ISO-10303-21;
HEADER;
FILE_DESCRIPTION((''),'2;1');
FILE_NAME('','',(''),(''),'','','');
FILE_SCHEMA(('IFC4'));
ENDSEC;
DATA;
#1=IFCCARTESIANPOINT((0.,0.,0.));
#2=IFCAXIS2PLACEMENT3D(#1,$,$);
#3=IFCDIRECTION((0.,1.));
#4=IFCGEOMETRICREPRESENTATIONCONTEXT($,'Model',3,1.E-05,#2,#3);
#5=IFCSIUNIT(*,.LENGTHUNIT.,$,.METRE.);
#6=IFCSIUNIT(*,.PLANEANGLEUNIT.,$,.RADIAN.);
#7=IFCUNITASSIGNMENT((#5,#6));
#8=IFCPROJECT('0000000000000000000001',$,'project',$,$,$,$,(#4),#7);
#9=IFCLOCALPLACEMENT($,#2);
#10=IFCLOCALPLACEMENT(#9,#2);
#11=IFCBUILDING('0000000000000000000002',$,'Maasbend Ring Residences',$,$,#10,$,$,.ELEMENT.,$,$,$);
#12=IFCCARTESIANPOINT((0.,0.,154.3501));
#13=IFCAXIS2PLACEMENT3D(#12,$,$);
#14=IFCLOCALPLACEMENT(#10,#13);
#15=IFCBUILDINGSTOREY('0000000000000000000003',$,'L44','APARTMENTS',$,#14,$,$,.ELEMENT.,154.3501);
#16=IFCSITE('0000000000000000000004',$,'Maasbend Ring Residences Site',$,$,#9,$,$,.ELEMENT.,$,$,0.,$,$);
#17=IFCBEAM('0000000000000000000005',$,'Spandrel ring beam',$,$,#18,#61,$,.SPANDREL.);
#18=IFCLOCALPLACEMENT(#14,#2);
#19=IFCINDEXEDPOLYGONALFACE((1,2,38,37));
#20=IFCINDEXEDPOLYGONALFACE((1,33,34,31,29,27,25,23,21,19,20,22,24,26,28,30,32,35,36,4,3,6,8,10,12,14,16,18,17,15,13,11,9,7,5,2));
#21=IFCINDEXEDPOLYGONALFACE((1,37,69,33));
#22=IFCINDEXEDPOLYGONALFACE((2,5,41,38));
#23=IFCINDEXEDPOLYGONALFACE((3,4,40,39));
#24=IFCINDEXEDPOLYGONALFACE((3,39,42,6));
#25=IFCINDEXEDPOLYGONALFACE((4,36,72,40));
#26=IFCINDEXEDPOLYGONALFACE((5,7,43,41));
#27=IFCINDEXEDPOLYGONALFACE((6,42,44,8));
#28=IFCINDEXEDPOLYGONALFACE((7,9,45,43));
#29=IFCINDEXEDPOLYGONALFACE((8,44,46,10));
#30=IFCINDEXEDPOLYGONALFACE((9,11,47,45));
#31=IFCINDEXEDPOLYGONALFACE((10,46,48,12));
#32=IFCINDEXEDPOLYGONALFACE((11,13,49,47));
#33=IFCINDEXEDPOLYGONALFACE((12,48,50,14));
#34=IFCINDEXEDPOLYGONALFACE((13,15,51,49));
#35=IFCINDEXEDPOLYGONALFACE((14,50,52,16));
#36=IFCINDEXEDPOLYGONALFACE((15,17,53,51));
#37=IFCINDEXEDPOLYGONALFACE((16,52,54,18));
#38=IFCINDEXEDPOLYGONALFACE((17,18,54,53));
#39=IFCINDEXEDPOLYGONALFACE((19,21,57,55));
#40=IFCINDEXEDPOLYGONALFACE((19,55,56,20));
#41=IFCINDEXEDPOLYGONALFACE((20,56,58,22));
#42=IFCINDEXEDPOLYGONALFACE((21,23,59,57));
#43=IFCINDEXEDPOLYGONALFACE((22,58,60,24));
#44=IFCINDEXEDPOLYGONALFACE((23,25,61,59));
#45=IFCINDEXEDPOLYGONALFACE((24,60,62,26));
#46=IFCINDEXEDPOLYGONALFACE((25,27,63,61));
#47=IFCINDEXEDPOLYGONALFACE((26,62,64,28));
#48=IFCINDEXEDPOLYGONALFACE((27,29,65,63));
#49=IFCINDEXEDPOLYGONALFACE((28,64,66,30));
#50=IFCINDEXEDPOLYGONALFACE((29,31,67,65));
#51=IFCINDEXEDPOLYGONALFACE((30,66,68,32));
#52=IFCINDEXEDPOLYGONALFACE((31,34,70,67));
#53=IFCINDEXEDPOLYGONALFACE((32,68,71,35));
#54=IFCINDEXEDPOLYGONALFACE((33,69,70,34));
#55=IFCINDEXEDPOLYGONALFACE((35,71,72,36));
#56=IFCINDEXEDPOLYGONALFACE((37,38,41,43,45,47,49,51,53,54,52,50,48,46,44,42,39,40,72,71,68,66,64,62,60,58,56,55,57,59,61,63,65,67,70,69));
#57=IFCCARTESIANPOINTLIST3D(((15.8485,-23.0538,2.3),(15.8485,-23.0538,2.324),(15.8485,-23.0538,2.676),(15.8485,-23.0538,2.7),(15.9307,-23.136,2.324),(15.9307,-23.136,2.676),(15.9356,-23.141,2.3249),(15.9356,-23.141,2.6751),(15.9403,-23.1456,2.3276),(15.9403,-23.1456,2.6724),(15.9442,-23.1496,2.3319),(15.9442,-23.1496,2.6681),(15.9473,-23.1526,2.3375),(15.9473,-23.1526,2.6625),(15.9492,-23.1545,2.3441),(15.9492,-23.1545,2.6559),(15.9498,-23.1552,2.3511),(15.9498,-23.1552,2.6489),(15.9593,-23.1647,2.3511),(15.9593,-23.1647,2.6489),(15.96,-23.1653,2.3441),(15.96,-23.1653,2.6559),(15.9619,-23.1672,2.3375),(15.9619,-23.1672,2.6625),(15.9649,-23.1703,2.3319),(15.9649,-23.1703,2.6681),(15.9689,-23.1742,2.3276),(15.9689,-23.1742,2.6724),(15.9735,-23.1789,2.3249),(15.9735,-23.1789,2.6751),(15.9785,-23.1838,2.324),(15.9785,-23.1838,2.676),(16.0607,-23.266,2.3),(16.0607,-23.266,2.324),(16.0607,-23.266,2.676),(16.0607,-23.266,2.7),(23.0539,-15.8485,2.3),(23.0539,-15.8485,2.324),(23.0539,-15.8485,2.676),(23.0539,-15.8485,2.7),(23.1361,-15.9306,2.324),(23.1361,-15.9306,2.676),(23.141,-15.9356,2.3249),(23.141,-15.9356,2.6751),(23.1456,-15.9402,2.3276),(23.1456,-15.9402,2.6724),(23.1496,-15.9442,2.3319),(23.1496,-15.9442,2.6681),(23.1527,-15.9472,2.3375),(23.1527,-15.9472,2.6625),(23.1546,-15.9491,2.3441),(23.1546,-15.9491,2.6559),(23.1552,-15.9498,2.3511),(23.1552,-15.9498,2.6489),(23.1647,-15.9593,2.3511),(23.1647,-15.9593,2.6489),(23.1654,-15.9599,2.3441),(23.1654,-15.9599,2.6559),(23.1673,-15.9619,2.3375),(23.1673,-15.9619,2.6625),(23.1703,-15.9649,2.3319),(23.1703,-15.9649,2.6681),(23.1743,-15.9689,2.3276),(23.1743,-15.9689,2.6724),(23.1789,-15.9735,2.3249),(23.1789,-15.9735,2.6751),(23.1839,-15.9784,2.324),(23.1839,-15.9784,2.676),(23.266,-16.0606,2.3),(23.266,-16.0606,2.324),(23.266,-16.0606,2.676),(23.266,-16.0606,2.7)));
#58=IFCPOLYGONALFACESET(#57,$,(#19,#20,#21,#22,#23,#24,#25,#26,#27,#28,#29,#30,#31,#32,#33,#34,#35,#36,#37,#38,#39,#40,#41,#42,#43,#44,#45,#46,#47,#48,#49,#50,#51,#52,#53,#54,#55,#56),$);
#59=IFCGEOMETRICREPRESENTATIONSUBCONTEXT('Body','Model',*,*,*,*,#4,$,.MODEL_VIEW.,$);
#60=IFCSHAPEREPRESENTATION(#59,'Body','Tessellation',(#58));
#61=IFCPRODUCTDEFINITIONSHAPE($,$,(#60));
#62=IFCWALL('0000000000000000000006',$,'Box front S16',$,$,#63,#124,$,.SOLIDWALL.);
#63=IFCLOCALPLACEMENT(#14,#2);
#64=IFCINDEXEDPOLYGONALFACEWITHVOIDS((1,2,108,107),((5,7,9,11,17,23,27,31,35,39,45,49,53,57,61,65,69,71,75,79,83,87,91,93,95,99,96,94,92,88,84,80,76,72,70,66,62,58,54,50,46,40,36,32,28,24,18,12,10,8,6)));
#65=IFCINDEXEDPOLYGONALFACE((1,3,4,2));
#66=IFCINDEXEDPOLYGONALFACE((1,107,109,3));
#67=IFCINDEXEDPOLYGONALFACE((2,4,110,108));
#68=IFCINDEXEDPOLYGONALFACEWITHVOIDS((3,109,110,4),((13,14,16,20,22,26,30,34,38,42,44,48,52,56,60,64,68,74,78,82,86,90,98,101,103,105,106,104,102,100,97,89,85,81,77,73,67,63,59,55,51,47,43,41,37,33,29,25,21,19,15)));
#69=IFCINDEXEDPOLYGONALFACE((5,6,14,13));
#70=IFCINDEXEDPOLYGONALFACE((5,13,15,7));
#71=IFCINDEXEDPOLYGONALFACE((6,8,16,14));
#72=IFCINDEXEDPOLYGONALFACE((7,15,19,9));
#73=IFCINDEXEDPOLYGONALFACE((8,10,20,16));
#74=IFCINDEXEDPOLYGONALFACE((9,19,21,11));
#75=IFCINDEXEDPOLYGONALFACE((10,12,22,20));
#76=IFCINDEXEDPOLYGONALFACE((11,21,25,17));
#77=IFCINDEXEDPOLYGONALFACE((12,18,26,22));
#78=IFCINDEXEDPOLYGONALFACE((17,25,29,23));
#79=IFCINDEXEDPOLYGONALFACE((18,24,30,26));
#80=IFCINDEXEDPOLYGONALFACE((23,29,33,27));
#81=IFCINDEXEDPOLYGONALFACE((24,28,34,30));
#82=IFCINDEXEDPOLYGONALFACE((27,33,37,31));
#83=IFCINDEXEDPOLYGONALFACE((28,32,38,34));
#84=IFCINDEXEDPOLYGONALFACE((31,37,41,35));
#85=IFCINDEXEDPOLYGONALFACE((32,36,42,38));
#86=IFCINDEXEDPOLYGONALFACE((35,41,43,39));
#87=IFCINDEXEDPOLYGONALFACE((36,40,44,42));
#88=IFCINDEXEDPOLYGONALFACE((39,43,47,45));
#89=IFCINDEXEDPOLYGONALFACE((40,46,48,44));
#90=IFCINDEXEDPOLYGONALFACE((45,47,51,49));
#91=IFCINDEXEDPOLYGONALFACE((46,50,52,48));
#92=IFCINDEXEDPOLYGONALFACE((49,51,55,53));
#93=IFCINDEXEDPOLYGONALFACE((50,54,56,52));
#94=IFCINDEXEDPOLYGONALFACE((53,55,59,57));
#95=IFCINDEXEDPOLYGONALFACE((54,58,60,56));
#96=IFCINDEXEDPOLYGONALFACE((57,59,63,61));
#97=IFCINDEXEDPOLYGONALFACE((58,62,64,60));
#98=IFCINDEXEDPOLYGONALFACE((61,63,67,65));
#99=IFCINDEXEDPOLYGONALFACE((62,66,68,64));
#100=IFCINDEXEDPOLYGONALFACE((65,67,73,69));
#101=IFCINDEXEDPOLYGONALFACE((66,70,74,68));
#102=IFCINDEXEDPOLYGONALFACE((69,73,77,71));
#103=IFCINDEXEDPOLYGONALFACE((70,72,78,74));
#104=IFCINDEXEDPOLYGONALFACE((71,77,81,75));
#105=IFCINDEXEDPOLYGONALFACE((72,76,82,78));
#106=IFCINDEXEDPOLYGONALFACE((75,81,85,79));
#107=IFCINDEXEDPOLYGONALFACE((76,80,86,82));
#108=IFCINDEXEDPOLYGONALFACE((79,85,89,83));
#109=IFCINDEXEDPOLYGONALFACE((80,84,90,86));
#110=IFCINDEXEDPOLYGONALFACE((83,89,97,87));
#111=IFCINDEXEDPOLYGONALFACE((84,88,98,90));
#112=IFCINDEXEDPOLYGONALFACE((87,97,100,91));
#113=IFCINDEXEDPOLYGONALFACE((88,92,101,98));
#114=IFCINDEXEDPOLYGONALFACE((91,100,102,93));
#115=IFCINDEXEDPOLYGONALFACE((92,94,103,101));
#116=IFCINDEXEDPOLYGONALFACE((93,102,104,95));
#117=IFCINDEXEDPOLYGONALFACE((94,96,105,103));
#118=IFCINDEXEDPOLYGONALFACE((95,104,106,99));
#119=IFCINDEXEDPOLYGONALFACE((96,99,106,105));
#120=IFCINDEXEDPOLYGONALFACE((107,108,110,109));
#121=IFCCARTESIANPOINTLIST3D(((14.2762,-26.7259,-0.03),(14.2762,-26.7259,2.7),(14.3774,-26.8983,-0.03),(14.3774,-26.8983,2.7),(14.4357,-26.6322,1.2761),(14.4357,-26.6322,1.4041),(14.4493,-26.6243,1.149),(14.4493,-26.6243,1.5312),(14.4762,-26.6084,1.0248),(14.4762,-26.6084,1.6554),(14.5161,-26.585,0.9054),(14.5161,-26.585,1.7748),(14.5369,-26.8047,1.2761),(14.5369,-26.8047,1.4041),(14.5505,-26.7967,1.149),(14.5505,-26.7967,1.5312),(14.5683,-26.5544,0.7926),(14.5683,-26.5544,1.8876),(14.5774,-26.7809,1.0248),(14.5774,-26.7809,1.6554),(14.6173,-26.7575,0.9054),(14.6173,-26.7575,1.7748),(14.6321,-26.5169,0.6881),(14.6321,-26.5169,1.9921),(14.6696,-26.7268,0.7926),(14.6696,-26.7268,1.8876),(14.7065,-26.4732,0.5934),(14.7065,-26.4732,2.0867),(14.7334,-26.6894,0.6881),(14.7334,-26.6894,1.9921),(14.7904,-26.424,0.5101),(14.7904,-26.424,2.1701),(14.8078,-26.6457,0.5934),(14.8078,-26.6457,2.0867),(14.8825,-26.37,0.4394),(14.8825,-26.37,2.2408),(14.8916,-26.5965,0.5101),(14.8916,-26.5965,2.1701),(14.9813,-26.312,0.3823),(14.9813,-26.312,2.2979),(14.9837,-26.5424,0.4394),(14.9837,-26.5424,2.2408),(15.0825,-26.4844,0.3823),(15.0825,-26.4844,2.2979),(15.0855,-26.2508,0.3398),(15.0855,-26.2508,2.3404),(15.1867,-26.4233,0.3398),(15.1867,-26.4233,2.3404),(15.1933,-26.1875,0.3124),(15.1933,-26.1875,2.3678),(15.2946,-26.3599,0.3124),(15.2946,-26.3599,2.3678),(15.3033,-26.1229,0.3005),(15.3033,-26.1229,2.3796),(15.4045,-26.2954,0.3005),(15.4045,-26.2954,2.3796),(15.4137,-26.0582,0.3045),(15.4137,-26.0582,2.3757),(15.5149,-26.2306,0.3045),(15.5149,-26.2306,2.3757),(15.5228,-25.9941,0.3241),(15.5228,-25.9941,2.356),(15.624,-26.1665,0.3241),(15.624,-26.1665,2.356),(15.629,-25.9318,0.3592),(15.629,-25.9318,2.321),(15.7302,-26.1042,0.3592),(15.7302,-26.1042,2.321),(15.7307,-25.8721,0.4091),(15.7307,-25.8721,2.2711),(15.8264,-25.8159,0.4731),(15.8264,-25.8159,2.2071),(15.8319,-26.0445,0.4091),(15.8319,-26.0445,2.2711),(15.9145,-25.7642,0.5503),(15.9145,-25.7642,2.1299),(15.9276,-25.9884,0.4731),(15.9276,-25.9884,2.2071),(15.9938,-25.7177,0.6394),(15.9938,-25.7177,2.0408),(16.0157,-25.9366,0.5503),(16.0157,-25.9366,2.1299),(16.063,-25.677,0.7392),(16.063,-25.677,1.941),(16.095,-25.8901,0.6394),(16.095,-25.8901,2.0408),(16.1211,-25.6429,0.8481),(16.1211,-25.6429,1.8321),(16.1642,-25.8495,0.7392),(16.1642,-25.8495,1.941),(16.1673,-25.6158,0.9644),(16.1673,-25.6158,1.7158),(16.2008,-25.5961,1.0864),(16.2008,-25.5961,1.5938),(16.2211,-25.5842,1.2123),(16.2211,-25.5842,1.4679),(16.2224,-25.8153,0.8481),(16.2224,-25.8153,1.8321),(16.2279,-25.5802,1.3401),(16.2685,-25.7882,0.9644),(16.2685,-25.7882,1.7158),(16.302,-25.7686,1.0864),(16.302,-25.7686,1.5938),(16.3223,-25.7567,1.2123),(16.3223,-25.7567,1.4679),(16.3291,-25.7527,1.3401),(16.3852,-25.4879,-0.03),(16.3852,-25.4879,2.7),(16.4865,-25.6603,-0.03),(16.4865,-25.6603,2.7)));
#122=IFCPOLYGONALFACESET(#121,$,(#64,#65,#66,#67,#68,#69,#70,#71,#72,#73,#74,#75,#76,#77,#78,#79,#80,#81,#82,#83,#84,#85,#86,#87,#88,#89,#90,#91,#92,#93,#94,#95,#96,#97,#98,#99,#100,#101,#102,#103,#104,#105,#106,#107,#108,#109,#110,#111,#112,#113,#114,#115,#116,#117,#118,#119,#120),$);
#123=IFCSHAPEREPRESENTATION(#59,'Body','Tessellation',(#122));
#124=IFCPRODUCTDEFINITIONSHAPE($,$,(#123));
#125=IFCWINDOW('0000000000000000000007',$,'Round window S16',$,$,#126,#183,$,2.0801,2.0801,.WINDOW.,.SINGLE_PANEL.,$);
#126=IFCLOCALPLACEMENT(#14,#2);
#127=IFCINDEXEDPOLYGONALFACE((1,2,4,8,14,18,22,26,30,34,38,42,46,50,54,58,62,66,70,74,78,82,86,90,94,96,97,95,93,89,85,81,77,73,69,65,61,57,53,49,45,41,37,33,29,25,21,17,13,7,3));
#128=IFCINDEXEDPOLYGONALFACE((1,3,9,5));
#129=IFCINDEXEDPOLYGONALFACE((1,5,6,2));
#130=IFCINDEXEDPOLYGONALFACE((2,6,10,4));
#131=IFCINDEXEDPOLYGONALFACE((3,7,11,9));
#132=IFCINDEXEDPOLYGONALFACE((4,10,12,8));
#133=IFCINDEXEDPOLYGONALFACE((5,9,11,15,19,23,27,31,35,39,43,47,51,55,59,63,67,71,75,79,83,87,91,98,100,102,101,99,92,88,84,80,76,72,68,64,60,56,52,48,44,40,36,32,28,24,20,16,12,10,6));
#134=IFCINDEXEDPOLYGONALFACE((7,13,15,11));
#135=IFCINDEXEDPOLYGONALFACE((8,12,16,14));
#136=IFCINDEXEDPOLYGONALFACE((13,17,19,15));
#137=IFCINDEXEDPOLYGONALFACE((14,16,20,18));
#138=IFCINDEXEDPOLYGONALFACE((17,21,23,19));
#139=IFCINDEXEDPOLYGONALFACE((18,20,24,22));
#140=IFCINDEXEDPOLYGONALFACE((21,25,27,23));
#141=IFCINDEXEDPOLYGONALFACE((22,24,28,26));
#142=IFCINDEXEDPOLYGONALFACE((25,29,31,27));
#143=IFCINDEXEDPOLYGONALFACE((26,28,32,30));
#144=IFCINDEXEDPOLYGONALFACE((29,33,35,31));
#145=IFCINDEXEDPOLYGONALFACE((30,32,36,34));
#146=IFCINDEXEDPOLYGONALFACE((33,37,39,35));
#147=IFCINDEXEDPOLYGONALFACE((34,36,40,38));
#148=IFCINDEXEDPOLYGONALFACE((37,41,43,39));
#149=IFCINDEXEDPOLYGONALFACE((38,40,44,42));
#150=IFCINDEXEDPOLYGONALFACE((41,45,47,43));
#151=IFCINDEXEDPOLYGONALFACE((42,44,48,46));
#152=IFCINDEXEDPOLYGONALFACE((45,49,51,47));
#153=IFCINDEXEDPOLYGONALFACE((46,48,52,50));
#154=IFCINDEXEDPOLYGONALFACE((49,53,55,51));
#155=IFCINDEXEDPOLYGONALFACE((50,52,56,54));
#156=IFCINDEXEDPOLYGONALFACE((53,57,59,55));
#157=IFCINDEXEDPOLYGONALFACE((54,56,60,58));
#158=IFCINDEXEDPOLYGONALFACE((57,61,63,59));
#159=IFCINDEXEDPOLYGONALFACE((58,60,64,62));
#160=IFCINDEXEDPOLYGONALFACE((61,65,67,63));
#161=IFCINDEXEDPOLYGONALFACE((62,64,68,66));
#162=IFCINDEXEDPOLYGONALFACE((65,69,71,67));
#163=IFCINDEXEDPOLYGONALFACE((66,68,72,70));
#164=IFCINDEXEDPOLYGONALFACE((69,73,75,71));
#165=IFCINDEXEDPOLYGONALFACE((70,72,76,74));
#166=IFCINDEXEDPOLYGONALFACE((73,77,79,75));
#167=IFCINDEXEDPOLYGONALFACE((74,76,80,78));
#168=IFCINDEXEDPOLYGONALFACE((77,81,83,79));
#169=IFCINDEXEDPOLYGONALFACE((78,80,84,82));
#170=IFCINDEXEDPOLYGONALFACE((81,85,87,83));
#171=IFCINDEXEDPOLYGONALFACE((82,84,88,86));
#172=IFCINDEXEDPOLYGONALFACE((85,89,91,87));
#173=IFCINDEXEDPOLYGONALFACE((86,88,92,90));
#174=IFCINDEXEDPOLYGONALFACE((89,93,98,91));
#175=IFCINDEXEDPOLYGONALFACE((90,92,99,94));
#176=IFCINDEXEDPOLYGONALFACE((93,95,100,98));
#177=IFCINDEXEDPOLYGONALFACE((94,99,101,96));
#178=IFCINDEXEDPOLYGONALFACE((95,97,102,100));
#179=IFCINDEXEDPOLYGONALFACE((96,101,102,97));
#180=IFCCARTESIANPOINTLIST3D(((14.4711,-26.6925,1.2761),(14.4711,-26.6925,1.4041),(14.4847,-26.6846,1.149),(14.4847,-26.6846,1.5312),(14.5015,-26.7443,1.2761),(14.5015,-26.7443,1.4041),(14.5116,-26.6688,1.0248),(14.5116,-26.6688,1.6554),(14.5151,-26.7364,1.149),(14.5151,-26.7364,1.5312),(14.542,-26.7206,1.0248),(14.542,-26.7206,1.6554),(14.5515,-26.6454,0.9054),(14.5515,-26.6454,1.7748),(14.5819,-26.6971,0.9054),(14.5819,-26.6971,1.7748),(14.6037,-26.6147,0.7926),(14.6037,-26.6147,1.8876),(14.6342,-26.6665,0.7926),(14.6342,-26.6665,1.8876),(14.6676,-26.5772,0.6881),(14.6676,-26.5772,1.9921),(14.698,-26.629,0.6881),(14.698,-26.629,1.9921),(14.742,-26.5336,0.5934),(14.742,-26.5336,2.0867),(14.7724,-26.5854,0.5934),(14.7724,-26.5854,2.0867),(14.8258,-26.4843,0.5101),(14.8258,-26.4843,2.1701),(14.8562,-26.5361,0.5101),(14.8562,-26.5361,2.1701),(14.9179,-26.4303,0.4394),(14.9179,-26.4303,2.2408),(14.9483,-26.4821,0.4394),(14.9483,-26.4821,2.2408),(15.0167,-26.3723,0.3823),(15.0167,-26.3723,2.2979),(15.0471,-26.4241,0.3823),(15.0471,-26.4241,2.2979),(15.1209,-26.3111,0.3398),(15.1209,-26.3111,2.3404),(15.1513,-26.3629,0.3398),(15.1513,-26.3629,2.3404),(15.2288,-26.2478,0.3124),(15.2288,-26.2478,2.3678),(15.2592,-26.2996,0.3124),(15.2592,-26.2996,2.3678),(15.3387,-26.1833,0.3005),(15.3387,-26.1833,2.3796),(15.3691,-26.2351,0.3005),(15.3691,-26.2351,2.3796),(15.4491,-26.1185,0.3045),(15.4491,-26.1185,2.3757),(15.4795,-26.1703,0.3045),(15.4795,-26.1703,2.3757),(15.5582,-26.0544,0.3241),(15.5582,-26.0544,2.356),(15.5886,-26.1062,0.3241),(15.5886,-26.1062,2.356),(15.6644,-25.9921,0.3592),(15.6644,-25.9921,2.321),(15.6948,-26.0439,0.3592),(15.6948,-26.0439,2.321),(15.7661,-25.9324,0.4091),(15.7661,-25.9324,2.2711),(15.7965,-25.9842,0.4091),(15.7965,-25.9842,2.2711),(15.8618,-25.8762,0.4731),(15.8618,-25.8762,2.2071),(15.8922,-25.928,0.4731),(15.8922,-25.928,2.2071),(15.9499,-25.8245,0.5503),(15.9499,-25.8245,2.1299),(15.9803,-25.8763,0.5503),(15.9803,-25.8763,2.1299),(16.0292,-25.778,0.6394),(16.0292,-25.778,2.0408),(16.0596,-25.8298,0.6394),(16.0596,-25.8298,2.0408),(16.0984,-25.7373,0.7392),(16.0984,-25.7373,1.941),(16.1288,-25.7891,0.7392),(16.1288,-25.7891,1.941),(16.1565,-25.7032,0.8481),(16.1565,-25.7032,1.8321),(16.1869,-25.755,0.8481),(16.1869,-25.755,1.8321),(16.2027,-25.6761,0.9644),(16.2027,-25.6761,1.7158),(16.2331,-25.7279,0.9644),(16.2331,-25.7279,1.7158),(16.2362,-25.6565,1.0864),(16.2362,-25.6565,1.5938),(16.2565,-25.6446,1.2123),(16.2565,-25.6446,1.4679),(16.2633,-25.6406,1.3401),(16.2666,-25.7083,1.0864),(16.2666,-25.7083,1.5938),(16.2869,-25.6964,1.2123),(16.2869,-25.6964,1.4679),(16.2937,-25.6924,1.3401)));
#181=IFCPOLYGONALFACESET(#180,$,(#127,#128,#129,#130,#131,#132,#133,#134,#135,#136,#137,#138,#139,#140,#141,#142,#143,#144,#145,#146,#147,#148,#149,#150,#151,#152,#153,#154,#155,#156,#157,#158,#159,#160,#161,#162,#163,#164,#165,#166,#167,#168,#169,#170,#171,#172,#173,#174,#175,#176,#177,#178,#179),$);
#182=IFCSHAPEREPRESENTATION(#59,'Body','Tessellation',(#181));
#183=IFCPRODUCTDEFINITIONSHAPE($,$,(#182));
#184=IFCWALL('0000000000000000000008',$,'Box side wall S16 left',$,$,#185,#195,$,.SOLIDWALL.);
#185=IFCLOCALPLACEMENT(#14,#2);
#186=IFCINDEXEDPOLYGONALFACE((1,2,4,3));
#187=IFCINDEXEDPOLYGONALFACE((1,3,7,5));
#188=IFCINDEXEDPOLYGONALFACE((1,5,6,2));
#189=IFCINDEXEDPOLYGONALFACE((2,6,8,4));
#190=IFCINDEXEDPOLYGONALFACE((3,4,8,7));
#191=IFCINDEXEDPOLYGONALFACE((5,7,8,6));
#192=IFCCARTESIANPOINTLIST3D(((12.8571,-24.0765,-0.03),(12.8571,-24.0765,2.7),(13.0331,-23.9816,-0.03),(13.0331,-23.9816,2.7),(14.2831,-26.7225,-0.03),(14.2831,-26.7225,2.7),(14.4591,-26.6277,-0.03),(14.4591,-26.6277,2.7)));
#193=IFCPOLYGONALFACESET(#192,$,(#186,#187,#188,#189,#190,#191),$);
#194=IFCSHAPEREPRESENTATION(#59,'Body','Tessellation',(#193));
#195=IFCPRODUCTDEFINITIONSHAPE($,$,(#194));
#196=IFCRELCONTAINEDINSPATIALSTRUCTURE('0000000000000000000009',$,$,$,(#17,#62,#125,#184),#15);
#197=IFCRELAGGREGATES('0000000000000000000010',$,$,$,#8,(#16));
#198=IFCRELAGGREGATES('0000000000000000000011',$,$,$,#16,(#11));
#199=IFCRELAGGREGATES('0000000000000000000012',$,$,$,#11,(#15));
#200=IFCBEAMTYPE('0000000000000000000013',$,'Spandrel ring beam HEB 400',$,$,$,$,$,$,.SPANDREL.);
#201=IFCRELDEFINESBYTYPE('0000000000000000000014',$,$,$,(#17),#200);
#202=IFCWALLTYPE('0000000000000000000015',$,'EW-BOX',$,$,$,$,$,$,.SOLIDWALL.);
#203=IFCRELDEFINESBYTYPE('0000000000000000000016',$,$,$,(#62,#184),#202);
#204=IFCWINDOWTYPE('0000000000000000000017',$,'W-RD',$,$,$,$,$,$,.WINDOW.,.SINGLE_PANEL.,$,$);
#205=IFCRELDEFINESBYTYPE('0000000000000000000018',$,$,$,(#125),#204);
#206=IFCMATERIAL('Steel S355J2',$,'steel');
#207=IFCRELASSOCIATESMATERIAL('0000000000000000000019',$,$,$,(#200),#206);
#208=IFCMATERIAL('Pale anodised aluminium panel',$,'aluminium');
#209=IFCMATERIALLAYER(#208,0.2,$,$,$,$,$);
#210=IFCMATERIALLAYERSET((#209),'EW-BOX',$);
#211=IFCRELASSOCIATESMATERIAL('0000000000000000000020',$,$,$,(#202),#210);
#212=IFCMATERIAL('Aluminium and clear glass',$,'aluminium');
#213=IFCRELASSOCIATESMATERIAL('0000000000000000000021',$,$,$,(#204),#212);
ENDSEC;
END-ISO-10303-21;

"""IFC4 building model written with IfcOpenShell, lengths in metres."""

from ifc_helpers import new_model, si_unit, direction, frame, frame_2d, origin, origin_2d, place, context, subcontext, project, spatial, rectangle, circle, i_section, extrude, material, layer, layer_set, material_profile, profile_set, type_object, element, fill, save


model = new_model("IFC4")

# Units and contexts
model_context = context("Model", 3, precision=1e-05, world=origin(), true_north=direction((0.0, 1.0)))
body_context = subcontext(model_context, "Body", "Model", "MODEL_VIEW")
ifc_project = project(units=[si_unit("LENGTHUNIT", "METRE"), si_unit("PLANEANGLEUNIT", "RADIAN")], contexts=[model_context])

# Site, building, storey
site_placement = place(None, origin())
site = spatial("IfcSite", under=ifc_project, at=site_placement, Name="Maasbend Ring Residences Site", CompositionType="ELEMENT", RefElevation=0.0)
building_placement = place(site_placement, origin())
building = spatial("IfcBuilding", under=site, at=building_placement, Name="Maasbend Ring Residences", CompositionType="ELEMENT")
storey_placement = place(building_placement, frame((0.0, 0.0, 154.3501)))
storey = spatial("IfcBuildingStorey", under=building, at=storey_placement, Name="L44", Description="APARTMENTS", CompositionType="ELEMENT", Elevation=154.3501)

# Beam
ifc_material_1 = material(Name="Steel S355J2", Category="steel")
ifc_material_profile_1 = material_profile(ifc_material_1, i_section(OverallWidth=0.3, OverallDepth=0.3999, WebThickness=0.0134, FlangeThickness=0.0239, FilletRadius=0.0271, at=origin_2d()), Name="HEB 400")
ifc_profile_set_1 = profile_set([ifc_material_profile_1], Name="Steel S355J2")
beam_type_1 = type_object("IfcBeamType", Name="Spandrel ring beam HEB 400", PredefinedType="SPANDREL", material=ifc_profile_set_1)
beam_1_placement = place(storey_placement, frame((15.9546, -23.1599, 2.5), z_axis=(0.707107, 0.707107, 0.0), x_axis=(-0.707107, 0.707107, 0.0)))
element("IfcBeam", 1, at=beam_1_placement, inside=storey, type_object=beam_type_1, Name="Spandrel ring beam", PredefinedType="SPANDREL", context=body_context, shape_type="SweptSolid", body=[
    extrude(i_section(OverallWidth=0.3, OverallDepth=0.3999, WebThickness=0.0134, FlangeThickness=0.0239, FilletRadius=0.0271, at=origin_2d()), origin(), (0.0, 0.0, 1.0), 10.1899),
])

# Wall, opening, window
ifc_material_2 = material(Name="Pale anodised aluminium panel", Category="aluminium")
ifc_layer_1 = layer(ifc_material_2, 0.2)
ifc_layer_set_1 = layer_set([ifc_layer_1], Name="EW-BOX")
wall_type_1 = type_object("IfcWallType", Name="EW-BOX", PredefinedType="SOLIDWALL", material=ifc_layer_set_1)
wall_1_placement = place(storey_placement, frame((14.3269, -26.812, -0.03), z_axis=(0.0, 0.0, 1.0), x_axis=(0.862403, 0.506222, 0.0)))
wall_1 = element("IfcWall", 2, at=wall_1_placement, inside=storey, type_object=wall_type_1, Name="Box front S16", PredefinedType="SOLIDWALL", context=body_context, shape_type="SweptSolid", body=[
    extrude(rectangle(XDim=2.4456, YDim=0.2, at=frame_2d((1.2227, 0.0))), origin(), (0.0, 0.0, 1.0), 2.73),
])
opening_1_placement = place(wall_1_placement, frame((0.1829, 0.0, 0.3301)))
opening_1 = element("IfcOpeningElement", 3, at=opening_1_placement, cuts=wall_1, PredefinedType="OPENING", context=body_context, shape_type="SweptSolid", body=[
    extrude(circle(Radius=1.04, at=frame_2d((1.04, 1.04))), frame((0.0, 0.1099, 0.0), z_axis=(0.0, -1.0, 0.0), x_axis=(1.0, 0.0, 0.0)), (0.0, 0.0, 1.0), 0.22),
])
ifc_material_3 = material(Name="Aluminium and clear glass", Category="aluminium")
window_type_1 = type_object("IfcWindowType", Name="W-RD", PartitioningType="SINGLE_PANEL", PredefinedType="WINDOW", material=ifc_material_3)
window_1_placement = place(opening_1_placement, origin())
window_1 = element("IfcWindow", 4, at=window_1_placement, inside=storey, type_object=window_type_1, Name="Round window S16", OverallHeight=2.0801, OverallWidth=2.0801, PartitioningType="SINGLE_PANEL", PredefinedType="WINDOW", context=body_context, shape_type="SweptSolid", body=[
    extrude(circle(Radius=1.04, at=frame_2d((1.04, 1.04))), frame((0.0, 0.03, 0.0), z_axis=(0.0, -1.0, 0.0), x_axis=(1.0, 0.0, 0.0)), (0.0, 0.0, 1.0), 0.0601),
])
fill(opening_1, window_1)

# Wall
wall_2_placement = place(storey_placement, frame((12.9451, -24.0291, -0.03), z_axis=(0.0, 0.0, 1.0), x_axis=(0.474424, -0.880296, 0.0)))
element("IfcWall", 5, at=wall_2_placement, inside=storey, type_object=wall_type_1, Name="Box side wall S16 left", PredefinedType="SOLIDWALL", context=body_context, shape_type="SweptSolid", body=[
    extrude(rectangle(XDim=3.0059, YDim=0.2, at=frame_2d((1.5029, 0.0))), origin(), (0.0, 0.0, 1.0), 2.73),
])

save(model, "model.ifc")
